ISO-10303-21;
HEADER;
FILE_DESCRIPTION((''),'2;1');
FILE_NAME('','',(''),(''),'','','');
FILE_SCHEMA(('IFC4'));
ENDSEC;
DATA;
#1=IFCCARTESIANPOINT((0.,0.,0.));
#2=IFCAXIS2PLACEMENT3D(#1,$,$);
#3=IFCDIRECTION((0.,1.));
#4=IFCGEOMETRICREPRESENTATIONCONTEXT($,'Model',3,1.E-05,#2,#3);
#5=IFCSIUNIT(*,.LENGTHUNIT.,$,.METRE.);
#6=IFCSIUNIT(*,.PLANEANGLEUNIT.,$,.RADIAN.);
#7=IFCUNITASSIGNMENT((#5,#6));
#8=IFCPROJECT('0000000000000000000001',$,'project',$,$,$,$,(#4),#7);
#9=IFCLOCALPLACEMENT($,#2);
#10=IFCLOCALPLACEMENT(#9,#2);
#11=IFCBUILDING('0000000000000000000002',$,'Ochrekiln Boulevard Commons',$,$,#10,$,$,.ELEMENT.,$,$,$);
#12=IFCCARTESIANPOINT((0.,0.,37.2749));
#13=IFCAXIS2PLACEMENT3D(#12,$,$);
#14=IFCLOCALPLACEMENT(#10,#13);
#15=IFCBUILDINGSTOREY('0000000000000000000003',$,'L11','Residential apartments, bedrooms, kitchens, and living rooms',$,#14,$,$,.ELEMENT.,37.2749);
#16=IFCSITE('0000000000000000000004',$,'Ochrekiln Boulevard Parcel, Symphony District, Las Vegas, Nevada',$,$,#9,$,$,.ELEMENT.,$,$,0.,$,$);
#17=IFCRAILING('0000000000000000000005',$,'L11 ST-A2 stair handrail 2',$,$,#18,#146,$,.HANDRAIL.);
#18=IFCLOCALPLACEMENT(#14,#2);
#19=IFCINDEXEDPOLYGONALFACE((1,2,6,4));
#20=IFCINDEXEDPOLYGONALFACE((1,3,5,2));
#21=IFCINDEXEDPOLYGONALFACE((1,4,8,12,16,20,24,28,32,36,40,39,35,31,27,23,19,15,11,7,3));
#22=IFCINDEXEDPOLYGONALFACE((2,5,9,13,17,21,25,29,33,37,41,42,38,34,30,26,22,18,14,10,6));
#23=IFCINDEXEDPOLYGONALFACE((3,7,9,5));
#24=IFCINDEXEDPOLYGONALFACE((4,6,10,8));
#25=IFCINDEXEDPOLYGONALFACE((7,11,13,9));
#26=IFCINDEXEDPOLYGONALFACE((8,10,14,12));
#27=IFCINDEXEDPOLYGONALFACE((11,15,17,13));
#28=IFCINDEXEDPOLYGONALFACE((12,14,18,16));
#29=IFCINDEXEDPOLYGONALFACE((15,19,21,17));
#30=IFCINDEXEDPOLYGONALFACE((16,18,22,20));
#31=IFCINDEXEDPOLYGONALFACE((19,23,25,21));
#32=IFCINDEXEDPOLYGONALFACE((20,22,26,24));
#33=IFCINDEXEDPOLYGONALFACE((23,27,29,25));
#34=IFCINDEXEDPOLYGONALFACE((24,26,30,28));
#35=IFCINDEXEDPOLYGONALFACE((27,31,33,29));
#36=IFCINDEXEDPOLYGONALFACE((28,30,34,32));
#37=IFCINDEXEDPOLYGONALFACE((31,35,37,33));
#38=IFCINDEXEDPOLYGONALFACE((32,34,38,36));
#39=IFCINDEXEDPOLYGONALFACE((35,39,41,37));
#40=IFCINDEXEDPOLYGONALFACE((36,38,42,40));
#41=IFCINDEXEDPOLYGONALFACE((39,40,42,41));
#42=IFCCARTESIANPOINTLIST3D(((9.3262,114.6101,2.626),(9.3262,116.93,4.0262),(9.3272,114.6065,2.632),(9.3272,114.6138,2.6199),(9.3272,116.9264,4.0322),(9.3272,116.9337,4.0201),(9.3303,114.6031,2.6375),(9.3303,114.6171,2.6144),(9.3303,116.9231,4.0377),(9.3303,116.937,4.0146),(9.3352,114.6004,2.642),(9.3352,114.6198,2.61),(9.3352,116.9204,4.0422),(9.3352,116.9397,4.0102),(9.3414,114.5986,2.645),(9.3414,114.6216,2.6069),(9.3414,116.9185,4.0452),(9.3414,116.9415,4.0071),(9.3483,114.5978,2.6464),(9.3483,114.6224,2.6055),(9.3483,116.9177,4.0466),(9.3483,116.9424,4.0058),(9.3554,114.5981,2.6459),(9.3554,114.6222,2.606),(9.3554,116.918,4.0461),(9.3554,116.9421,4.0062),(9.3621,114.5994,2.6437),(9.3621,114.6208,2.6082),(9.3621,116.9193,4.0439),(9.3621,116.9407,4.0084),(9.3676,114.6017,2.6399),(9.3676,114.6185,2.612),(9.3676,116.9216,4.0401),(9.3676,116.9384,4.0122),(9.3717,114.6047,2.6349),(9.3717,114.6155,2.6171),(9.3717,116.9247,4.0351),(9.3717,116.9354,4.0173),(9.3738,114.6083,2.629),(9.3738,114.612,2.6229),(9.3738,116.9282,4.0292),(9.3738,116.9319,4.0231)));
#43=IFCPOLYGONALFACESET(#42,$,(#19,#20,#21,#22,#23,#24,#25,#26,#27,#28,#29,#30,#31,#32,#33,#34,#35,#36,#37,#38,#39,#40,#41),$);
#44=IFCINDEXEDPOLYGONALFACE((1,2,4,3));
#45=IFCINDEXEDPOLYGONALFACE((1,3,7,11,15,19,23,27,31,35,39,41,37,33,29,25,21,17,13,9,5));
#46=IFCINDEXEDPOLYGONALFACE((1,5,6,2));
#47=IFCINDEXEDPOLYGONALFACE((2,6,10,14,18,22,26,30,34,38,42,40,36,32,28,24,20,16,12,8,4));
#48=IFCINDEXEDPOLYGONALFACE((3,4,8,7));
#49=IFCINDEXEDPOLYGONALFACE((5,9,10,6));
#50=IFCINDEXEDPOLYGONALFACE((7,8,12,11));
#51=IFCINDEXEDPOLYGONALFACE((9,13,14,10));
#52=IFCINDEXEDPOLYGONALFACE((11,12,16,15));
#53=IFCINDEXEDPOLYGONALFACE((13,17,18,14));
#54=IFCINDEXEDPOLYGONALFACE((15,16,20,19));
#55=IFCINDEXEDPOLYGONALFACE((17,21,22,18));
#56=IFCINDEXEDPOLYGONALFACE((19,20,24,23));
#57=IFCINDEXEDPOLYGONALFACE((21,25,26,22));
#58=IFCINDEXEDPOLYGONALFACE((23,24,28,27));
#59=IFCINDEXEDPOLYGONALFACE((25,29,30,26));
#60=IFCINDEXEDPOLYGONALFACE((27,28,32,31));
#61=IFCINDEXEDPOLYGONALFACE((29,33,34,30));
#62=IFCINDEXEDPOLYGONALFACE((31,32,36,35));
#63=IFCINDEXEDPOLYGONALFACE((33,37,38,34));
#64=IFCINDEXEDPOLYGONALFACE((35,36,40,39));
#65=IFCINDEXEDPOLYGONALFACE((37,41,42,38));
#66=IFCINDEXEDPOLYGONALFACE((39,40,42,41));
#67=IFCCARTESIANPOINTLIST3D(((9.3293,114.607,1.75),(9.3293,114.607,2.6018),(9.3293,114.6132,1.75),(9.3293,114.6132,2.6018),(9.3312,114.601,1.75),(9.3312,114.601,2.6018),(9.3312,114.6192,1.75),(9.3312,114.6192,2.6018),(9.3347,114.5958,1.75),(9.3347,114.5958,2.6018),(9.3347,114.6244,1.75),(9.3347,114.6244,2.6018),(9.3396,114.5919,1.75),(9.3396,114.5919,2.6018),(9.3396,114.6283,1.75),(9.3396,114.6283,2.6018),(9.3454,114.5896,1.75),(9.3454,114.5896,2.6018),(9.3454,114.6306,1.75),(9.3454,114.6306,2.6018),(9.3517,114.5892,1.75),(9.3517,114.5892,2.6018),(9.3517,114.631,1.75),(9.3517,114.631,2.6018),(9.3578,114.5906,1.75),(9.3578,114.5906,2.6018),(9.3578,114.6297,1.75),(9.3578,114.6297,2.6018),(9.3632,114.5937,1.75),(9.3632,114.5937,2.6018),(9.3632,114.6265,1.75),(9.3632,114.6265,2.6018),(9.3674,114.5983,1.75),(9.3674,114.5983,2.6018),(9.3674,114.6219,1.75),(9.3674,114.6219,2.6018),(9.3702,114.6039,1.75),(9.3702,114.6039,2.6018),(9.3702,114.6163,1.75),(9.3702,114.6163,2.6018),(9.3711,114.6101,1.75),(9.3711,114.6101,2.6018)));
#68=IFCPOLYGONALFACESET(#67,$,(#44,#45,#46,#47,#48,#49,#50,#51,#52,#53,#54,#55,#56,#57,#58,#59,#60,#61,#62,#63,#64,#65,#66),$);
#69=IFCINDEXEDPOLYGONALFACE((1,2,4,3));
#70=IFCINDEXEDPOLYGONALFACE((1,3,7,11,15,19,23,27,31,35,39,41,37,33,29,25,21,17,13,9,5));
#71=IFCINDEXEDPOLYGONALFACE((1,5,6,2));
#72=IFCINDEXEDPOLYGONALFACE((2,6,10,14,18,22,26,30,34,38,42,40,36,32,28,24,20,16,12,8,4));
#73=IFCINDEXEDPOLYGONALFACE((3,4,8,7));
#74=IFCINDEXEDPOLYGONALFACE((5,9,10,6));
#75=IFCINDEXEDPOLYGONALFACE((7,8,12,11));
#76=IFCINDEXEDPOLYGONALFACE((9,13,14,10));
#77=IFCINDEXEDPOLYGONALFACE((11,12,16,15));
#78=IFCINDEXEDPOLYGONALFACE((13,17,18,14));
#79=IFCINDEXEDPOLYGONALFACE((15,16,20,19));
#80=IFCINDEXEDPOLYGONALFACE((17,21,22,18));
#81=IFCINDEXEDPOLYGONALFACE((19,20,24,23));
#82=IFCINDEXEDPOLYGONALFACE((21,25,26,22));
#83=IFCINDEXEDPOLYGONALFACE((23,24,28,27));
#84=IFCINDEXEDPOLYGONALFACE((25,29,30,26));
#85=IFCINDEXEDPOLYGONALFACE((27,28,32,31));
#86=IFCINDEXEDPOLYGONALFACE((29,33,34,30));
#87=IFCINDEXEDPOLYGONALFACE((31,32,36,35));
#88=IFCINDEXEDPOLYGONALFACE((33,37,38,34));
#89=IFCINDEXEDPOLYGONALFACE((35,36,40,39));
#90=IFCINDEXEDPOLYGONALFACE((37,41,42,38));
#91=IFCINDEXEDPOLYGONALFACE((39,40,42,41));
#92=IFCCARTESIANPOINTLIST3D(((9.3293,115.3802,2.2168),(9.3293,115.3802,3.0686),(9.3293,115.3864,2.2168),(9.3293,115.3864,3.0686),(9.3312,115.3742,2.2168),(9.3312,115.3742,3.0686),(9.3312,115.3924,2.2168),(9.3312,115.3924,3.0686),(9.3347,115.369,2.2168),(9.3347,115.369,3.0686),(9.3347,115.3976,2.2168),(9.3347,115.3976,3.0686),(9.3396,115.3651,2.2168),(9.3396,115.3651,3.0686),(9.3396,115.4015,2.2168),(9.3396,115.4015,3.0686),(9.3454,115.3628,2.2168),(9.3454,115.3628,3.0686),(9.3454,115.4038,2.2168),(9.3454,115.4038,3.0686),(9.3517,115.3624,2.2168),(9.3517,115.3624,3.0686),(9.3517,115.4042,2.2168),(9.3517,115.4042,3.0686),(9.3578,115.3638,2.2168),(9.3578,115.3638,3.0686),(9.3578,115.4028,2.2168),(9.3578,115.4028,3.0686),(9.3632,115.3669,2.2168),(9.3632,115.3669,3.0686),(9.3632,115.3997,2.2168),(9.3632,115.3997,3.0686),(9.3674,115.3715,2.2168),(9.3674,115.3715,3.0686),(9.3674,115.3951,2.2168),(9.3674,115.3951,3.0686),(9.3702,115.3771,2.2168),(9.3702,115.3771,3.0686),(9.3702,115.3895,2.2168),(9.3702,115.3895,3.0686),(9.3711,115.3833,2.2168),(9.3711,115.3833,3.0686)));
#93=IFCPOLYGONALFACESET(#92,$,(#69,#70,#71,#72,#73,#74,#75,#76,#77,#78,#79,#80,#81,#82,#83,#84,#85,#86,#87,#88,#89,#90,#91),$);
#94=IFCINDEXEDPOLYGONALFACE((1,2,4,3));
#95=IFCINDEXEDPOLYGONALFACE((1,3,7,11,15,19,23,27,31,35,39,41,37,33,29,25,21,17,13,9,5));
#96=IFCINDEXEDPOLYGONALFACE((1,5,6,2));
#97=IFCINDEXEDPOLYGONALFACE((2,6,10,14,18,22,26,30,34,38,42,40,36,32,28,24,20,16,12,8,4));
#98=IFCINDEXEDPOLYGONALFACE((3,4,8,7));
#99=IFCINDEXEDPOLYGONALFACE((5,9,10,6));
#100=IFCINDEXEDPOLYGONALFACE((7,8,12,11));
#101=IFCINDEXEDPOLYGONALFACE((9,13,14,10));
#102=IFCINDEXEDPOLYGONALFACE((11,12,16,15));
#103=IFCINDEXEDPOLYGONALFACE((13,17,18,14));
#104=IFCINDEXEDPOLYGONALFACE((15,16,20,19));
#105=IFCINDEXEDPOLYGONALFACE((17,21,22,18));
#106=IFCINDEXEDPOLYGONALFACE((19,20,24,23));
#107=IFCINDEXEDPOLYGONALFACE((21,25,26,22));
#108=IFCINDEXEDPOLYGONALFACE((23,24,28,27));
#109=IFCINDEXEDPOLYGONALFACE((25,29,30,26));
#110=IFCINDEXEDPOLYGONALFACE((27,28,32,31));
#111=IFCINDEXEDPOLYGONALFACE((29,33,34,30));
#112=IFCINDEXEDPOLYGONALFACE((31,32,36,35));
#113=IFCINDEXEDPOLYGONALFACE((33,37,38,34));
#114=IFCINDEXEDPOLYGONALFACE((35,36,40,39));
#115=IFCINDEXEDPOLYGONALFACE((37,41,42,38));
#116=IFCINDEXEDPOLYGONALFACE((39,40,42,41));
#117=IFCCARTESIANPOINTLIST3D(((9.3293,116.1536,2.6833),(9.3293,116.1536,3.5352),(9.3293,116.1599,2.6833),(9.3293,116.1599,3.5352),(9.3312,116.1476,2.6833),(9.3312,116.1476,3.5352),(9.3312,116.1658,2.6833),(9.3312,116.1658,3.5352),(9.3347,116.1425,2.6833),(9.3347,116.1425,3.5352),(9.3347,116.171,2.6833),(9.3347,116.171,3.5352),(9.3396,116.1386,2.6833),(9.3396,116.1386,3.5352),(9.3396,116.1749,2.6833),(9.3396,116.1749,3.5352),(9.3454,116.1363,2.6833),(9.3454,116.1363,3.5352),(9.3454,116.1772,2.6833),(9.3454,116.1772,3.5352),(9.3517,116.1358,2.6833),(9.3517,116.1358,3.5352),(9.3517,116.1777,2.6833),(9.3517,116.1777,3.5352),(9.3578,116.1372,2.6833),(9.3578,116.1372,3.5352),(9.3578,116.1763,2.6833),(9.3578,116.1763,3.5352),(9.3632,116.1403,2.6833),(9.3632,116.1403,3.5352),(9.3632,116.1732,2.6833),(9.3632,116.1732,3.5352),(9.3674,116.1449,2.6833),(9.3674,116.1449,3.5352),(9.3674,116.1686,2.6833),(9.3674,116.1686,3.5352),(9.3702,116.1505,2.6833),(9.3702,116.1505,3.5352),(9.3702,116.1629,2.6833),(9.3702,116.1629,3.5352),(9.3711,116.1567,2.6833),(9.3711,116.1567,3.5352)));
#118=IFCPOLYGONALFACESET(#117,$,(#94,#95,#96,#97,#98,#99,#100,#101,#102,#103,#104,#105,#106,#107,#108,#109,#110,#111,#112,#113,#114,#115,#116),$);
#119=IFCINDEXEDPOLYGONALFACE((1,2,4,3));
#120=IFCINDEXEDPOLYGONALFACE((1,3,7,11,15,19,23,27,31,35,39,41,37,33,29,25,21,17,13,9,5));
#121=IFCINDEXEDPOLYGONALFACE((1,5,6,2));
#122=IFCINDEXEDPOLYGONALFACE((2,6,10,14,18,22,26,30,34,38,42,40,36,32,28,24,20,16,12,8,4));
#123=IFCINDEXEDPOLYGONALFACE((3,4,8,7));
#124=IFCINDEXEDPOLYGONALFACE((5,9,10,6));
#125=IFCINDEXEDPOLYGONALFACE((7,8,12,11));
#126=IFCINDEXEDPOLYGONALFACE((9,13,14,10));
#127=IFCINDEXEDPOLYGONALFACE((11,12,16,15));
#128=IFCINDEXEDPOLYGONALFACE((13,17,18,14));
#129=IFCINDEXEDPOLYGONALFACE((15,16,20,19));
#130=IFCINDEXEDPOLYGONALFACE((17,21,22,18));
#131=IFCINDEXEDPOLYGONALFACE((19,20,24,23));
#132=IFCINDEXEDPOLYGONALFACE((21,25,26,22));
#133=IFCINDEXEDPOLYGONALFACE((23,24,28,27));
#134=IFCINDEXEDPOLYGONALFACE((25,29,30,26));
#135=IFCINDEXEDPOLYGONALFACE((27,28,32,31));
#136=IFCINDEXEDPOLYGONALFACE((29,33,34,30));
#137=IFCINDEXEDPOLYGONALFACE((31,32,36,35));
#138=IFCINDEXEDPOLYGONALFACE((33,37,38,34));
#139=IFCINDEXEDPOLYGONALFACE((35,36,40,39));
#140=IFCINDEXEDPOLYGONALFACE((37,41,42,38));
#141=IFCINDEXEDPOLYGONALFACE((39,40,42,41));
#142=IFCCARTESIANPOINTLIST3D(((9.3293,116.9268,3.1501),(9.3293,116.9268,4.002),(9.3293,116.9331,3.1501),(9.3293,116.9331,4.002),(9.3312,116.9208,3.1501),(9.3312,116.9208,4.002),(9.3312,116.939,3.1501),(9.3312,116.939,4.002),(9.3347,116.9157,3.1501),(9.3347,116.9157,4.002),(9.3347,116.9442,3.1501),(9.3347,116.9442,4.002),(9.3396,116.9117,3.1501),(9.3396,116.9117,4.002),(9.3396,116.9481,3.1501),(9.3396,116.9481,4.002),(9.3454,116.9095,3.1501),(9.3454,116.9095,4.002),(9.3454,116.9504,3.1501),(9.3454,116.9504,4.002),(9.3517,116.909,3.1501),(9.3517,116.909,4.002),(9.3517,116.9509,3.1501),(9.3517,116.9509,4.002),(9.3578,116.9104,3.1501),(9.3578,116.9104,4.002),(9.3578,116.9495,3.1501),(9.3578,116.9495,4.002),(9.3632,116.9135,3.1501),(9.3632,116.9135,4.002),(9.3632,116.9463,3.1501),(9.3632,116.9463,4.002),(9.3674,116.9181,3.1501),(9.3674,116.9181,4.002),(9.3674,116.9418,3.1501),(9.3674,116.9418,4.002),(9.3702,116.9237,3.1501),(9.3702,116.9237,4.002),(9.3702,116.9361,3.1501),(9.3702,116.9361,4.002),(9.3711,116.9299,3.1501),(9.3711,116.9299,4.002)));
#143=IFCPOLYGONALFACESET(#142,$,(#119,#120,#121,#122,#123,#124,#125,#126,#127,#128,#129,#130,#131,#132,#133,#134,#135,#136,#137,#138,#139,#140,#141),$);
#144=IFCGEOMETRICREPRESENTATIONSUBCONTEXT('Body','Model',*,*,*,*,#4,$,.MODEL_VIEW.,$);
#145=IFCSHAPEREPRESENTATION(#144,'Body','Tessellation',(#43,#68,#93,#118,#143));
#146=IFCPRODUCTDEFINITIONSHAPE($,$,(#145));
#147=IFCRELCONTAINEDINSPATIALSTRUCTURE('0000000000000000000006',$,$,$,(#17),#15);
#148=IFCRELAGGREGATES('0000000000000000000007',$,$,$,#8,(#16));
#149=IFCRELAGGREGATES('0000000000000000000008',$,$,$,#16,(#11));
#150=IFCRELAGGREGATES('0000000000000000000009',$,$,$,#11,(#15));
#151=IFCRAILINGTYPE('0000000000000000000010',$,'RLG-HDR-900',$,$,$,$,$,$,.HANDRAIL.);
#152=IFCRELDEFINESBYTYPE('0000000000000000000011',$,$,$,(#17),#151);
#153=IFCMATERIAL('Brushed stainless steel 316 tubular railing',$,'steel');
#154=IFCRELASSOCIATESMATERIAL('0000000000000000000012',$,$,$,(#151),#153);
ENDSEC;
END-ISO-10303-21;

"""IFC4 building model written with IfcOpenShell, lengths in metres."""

from ifc_helpers import new_model, si_unit, direction, frame, origin, origin_2d, place, context, subcontext, project, spatial, circle, extrude, material, type_object, element, save


model = new_model("IFC4")

# Units and contexts
model_context = context("Model", 3, precision=1e-05, world=origin(), true_north=direction((0.0, 1.0)))
body_context = subcontext(model_context, "Body", "Model", "MODEL_VIEW")
ifc_project = project(units=[si_unit("LENGTHUNIT", "METRE"), si_unit("PLANEANGLEUNIT", "RADIAN")], contexts=[model_context])

# Site, building, storey
site_placement = place(None, origin())
site = spatial("IfcSite", under=ifc_project, at=site_placement, Name="Ochrekiln Boulevard Parcel, Symphony District, Las Vegas, Nevada", CompositionType="ELEMENT", RefElevation=0.0)
building_placement = place(site_placement, origin())
building = spatial("IfcBuilding", under=site, at=building_placement, Name="Ochrekiln Boulevard Commons", CompositionType="ELEMENT")
storey_placement = place(building_placement, frame((0.0, 0.0, 37.2749)))
storey = spatial("IfcBuildingStorey", under=building, at=storey_placement, Name="L11", Description="Residential apartments, bedrooms, kitchens, and living rooms", CompositionType="ELEMENT", Elevation=37.2749)

# Railing
ifc_material_1 = material(Name="Brushed stainless steel 316 tubular railing", Category="steel")
railing_type_1 = type_object("IfcRailingType", Name="RLG-HDR-900", PredefinedType="HANDRAIL", material=ifc_material_1)
railing_1_placement = place(storey_placement, frame((9.3501, 114.6101, 1.75)))
element("IfcRailing", 1, at=railing_1_placement, inside=storey, type_object=railing_type_1, Name="L11 ST-A2 stair handrail 2", PredefinedType="HANDRAIL", context=body_context, shape_type="SweptSolid", body=[
    extrude(circle(Radius=0.0239, at=origin_2d()), frame((0.0, 0.0, 0.876), z_axis=(0.0, 0.856146, 0.516733), x_axis=(-1.0, 0.0, 0.0)), (0.0, 0.0, 1.0), 2.7097),
    extrude(circle(Radius=0.021, at=origin_2d()), origin(), (0.0, 0.0, 1.0), 0.8518),
    extrude(circle(Radius=0.021, at=origin_2d()), frame((0.0, 0.7732, 0.4668)), (0.0, 0.0, 1.0), 0.8518),
    extrude(circle(Radius=0.021, at=origin_2d()), frame((0.0, 1.5466, 0.9333)), (0.0, 0.0, 1.0), 0.8518),
    extrude(circle(Radius=0.021, at=origin_2d()), frame((0.0, 2.3198, 1.4001)), (0.0, 0.0, 1.0), 0.8518),
])

save(model, "model.ifc")
